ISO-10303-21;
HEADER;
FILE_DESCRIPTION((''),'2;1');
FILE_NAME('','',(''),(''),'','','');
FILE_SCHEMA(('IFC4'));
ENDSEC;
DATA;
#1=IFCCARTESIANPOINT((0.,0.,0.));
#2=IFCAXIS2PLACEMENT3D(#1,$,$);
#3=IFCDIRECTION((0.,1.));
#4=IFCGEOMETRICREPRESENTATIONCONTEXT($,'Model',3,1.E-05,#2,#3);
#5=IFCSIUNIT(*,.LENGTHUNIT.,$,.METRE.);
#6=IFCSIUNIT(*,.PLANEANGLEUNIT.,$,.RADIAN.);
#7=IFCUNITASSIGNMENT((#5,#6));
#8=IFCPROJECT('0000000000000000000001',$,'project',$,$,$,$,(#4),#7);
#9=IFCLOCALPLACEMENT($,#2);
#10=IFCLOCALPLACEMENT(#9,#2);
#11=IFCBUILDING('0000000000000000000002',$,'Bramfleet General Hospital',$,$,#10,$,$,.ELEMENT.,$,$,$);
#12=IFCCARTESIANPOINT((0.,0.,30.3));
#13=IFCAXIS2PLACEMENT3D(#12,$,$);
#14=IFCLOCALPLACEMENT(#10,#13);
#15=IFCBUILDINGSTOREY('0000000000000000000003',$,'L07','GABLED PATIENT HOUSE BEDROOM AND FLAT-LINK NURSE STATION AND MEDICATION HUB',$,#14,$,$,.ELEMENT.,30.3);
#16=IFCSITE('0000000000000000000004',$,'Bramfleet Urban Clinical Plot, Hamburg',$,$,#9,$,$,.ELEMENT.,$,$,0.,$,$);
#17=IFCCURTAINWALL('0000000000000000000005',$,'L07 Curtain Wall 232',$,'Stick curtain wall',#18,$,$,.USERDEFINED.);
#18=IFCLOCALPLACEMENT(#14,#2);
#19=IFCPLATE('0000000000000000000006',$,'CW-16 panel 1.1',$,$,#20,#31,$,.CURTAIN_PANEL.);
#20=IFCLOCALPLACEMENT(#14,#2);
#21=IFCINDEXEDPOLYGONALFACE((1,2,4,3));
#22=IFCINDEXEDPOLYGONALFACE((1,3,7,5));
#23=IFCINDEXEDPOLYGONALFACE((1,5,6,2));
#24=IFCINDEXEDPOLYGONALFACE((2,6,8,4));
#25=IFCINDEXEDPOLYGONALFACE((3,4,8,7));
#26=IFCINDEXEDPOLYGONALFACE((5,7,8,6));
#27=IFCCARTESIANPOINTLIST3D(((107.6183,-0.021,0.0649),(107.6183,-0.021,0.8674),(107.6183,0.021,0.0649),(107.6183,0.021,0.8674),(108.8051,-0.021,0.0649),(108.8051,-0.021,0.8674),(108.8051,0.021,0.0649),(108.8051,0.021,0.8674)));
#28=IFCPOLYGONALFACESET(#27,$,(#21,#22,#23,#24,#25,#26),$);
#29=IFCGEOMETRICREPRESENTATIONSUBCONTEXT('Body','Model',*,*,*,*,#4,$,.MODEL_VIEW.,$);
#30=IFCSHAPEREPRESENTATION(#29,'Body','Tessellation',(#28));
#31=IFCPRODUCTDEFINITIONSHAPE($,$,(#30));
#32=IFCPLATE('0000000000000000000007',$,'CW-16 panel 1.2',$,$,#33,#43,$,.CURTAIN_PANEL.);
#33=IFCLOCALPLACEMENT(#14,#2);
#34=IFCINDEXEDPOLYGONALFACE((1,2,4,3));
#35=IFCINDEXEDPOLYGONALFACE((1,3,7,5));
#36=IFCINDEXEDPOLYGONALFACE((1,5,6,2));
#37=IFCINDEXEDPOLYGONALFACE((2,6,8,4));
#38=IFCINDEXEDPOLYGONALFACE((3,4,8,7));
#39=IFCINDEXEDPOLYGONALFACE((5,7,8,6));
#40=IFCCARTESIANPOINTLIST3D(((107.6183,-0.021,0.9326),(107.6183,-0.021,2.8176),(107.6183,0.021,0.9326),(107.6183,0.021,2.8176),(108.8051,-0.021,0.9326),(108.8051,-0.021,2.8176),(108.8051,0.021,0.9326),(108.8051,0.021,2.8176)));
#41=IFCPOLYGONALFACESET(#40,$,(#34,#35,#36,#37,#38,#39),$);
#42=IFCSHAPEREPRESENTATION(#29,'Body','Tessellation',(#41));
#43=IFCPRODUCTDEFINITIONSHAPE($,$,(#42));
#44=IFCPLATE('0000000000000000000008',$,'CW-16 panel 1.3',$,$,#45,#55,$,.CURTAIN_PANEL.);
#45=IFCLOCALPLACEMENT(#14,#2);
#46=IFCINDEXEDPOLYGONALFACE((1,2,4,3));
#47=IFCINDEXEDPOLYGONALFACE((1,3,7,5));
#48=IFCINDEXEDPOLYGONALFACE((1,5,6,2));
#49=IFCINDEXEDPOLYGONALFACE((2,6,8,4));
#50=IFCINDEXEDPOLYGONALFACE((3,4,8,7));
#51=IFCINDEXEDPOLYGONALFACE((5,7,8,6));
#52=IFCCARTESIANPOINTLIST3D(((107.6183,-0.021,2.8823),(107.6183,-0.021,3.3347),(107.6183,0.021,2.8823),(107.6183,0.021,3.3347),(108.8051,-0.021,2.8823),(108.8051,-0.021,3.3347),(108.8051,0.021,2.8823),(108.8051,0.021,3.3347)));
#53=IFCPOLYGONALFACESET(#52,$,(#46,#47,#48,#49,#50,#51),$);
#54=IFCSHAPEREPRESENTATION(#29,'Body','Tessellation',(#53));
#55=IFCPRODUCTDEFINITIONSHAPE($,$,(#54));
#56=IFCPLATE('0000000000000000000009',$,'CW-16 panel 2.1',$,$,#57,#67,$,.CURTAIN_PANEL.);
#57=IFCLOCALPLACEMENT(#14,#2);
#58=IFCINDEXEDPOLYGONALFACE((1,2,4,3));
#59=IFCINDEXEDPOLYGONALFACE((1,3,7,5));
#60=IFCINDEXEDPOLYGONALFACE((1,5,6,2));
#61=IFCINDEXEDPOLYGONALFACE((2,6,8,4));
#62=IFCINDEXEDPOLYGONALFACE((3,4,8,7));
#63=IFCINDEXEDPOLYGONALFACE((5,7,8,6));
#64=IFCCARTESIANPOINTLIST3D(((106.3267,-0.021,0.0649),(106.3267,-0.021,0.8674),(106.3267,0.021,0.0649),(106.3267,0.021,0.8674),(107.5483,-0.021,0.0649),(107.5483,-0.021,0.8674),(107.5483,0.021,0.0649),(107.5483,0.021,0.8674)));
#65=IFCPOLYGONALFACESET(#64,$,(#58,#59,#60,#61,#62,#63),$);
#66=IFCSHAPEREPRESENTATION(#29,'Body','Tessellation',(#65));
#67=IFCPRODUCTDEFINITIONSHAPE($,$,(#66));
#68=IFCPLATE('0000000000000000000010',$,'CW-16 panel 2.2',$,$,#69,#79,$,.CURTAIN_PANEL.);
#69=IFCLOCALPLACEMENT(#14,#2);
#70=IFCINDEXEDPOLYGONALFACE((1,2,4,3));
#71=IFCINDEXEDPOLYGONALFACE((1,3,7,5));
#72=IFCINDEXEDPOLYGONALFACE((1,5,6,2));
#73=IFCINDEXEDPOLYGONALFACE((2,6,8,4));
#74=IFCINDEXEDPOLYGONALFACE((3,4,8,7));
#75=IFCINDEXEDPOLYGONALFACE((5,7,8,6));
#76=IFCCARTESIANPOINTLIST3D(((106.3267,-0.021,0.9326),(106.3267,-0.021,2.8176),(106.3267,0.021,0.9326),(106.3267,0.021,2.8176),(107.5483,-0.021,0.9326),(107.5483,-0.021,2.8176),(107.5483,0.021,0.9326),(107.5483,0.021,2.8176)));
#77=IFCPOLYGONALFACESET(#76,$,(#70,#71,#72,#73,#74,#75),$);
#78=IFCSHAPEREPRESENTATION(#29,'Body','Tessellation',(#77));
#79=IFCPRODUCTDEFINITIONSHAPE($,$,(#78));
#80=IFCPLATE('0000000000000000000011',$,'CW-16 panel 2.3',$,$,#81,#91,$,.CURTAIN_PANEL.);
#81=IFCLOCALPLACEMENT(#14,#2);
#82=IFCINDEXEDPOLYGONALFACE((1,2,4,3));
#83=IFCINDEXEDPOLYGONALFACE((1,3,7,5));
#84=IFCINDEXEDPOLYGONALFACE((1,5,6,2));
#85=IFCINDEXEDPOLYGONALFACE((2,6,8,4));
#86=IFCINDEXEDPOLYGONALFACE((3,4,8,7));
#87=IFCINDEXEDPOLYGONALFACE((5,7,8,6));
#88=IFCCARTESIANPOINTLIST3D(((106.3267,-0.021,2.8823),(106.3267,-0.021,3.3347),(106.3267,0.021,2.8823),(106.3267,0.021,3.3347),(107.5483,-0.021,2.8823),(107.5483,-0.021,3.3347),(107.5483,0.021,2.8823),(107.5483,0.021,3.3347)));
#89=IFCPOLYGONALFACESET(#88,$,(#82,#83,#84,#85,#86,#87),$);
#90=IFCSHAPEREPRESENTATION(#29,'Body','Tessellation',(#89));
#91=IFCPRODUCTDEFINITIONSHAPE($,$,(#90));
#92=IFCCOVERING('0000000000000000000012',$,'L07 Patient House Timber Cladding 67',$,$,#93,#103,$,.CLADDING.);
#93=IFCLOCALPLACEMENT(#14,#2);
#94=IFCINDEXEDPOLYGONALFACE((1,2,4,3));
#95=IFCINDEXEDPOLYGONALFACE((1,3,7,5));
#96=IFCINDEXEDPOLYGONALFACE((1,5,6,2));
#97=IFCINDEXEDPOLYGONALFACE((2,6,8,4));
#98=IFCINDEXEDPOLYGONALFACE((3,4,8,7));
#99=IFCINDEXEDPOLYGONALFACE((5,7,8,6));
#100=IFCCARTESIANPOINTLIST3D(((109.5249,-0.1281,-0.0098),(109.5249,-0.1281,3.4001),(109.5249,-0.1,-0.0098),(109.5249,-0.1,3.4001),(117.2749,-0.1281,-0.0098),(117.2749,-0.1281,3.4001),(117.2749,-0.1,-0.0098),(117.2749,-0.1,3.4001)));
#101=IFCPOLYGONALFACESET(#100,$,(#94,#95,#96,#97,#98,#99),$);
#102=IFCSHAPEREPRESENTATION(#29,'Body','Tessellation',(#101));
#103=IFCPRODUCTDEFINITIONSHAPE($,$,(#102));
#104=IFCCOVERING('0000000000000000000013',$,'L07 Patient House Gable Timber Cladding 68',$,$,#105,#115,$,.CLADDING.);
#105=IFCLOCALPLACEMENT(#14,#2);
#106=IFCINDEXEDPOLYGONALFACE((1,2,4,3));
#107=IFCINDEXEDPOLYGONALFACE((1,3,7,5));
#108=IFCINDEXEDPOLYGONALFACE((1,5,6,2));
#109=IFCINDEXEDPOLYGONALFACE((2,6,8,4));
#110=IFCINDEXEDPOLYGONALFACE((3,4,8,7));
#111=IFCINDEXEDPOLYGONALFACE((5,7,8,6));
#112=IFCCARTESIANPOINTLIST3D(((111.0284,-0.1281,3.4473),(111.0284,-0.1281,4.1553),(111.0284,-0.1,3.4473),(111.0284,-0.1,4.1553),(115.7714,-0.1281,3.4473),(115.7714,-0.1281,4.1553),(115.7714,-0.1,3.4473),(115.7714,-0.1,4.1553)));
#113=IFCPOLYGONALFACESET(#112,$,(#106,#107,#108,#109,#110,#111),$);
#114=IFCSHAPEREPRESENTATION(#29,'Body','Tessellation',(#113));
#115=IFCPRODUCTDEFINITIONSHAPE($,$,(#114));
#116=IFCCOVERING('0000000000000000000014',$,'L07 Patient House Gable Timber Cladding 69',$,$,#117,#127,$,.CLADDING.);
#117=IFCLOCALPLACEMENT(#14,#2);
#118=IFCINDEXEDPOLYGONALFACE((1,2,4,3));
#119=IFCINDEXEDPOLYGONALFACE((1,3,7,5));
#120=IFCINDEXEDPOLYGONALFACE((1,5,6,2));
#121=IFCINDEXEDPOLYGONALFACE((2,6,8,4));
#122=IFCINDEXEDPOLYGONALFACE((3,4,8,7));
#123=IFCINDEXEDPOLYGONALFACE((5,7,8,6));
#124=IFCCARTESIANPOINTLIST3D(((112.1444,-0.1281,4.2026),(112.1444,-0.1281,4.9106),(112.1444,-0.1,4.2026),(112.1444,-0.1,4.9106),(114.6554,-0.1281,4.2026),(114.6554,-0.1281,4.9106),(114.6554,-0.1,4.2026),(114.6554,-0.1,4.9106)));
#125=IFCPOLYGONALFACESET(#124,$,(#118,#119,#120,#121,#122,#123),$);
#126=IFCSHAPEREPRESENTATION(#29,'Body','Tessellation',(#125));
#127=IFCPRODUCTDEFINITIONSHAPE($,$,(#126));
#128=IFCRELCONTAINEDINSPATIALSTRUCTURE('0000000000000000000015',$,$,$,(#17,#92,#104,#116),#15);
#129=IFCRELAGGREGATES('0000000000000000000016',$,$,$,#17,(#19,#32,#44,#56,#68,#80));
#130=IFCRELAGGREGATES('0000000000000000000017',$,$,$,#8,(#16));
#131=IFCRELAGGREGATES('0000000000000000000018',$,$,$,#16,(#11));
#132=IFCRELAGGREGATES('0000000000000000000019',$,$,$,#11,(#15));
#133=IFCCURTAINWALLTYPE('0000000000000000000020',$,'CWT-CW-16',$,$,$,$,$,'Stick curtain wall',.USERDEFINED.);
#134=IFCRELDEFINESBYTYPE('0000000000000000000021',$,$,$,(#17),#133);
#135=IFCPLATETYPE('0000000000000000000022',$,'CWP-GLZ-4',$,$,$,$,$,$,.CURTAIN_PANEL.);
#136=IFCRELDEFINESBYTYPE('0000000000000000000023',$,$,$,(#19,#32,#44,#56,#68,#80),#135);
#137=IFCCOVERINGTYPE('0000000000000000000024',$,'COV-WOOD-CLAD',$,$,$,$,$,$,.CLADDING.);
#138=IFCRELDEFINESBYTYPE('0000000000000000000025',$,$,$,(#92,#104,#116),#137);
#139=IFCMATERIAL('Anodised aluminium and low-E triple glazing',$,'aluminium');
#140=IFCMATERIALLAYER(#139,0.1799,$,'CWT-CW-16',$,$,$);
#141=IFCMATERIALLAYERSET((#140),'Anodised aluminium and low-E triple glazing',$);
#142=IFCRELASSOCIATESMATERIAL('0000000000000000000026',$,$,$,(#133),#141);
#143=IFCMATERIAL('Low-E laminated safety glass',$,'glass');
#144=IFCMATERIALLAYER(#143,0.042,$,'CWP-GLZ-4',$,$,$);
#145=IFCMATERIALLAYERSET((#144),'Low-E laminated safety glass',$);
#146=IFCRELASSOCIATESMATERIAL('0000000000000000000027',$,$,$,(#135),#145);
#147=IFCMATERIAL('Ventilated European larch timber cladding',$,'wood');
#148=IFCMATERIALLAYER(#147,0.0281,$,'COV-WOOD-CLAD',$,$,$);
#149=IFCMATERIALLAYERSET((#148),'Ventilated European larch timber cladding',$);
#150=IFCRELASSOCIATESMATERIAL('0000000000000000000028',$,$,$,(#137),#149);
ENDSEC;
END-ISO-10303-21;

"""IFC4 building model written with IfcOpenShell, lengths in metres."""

from ifc_helpers import new_model, si_unit, direction, frame, origin, origin_2d, place, context, subcontext, project, spatial, rectangle, extrude, material, layer, layer_set, type_object, element, aggregate, save


model = new_model("IFC4")

# Units and contexts
model_context = context("Model", 3, precision=1e-05, world=origin(), true_north=direction((0.0, 1.0)))
body_context = subcontext(model_context, "Body", "Model", "MODEL_VIEW")
ifc_project = project(units=[si_unit("LENGTHUNIT", "METRE"), si_unit("PLANEANGLEUNIT", "RADIAN")], contexts=[model_context])

# Site, building, storey
site_placement = place(None, origin())
site = spatial("IfcSite", under=ifc_project, at=site_placement, Name="Bramfleet Urban Clinical Plot, Hamburg", CompositionType="ELEMENT", RefElevation=0.0)
building_placement = place(site_placement, origin())
building = spatial("IfcBuilding", under=site, at=building_placement, Name="Bramfleet General Hospital", CompositionType="ELEMENT")
storey_placement = place(building_placement, frame((0.0, 0.0, 30.3)))
storey = spatial("IfcBuildingStorey", under=building, at=storey_placement, Name="L07", Description="GABLED PATIENT HOUSE BEDROOM AND FLAT-LINK NURSE STATION AND MEDICATION HUB", CompositionType="ELEMENT", Elevation=30.3)

# Curtain wall, plates
ifc_material_1 = material(Name="Anodised aluminium and low-E triple glazing", Category="aluminium")
ifc_layer_1 = layer(ifc_material_1, 0.1799, Name="CWT-CW-16")
ifc_layer_set_1 = layer_set([ifc_layer_1], Name="Anodised aluminium and low-E triple glazing")
curtain_wall_type = type_object("IfcCurtainWallType", Name="CWT-CW-16", ElementType="Stick curtain wall", PredefinedType="USERDEFINED", material=ifc_layer_set_1)
curtain_wall_placement = place(storey_placement, origin())
curtain_wall = element("IfcCurtainWall", 1, at=curtain_wall_placement, inside=storey, type_object=curtain_wall_type, Name="L07 Curtain Wall 232", ObjectType="Stick curtain wall", PredefinedType="USERDEFINED")
ifc_material_2 = material(Name="Low-E laminated safety glass", Category="glass")
ifc_layer_2 = layer(ifc_material_2, 0.042, Name="CWP-GLZ-4")
ifc_layer_set_2 = layer_set([ifc_layer_2], Name="Low-E laminated safety glass")
plate_type = type_object("IfcPlateType", Name="CWP-GLZ-4", PredefinedType="CURTAIN_PANEL", material=ifc_layer_set_2)
plate_1_placement = place(storey_placement, frame((108.2117, 0.0, 0.0649), z_axis=(0.0, 0.0, 1.0), x_axis=(-1.0, 0.0, 0.0)))
plate_1 = element("IfcPlate", 2, at=plate_1_placement, type_object=plate_type, Name="CW-16 panel 1.1", PredefinedType="CURTAIN_PANEL", context=body_context, shape_type="SweptSolid", body=[
    extrude(rectangle(XDim=1.1868, YDim=0.042, at=origin_2d()), origin(), (0.0, 0.0, 1.0), 0.8025),
])
plate_2_placement = place(storey_placement, frame((108.2117, 0.0, 0.9326), z_axis=(0.0, 0.0, 1.0), x_axis=(-1.0, 0.0, 0.0)))
plate_2 = element("IfcPlate", 3, at=plate_2_placement, type_object=plate_type, Name="CW-16 panel 1.2", PredefinedType="CURTAIN_PANEL", context=body_context, shape_type="SweptSolid", body=[
    extrude(rectangle(XDim=1.1868, YDim=0.042, at=origin_2d()), origin(), (0.0, 0.0, 1.0), 1.885),
])
plate_3_placement = place(storey_placement, frame((108.2117, 0.0, 2.8823), z_axis=(0.0, 0.0, 1.0), x_axis=(-1.0, 0.0, 0.0)))
plate_3 = element("IfcPlate", 4, at=plate_3_placement, type_object=plate_type, Name="CW-16 panel 1.3", PredefinedType="CURTAIN_PANEL", context=body_context, shape_type="SweptSolid", body=[
    extrude(rectangle(XDim=1.1868, YDim=0.042, at=origin_2d()), origin(), (0.0, 0.0, 1.0), 0.4524),
])
plate_4_placement = place(storey_placement, frame((106.9375, 0.0, 0.0649), z_axis=(0.0, 0.0, 1.0), x_axis=(-1.0, 0.0, 0.0)))
plate_4 = element("IfcPlate", 5, at=plate_4_placement, type_object=plate_type, Name="CW-16 panel 2.1", PredefinedType="CURTAIN_PANEL", context=body_context, shape_type="SweptSolid", body=[
    extrude(rectangle(XDim=1.2217, YDim=0.042, at=origin_2d()), origin(), (0.0, 0.0, 1.0), 0.8025),
])
plate_5_placement = place(storey_placement, frame((106.9375, 0.0, 0.9326), z_axis=(0.0, 0.0, 1.0), x_axis=(-1.0, 0.0, 0.0)))
plate_5 = element("IfcPlate", 6, at=plate_5_placement, type_object=plate_type, Name="CW-16 panel 2.2", PredefinedType="CURTAIN_PANEL", context=body_context, shape_type="SweptSolid", body=[
    extrude(rectangle(XDim=1.2217, YDim=0.042, at=origin_2d()), origin(), (0.0, 0.0, 1.0), 1.885),
])
plate_6_placement = place(storey_placement, frame((106.9375, 0.0, 2.8823), z_axis=(0.0, 0.0, 1.0), x_axis=(-1.0, 0.0, 0.0)))
plate_6 = element("IfcPlate", 7, at=plate_6_placement, type_object=plate_type, Name="CW-16 panel 2.3", PredefinedType="CURTAIN_PANEL", context=body_context, shape_type="SweptSolid", body=[
    extrude(rectangle(XDim=1.2217, YDim=0.042, at=origin_2d()), origin(), (0.0, 0.0, 1.0), 0.4524),
])
aggregate(curtain_wall, [plate_1, plate_2, plate_3, plate_4, plate_5, plate_6])

# Coverings
ifc_material_3 = material(Name="Ventilated European larch timber cladding", Category="wood")
ifc_layer_3 = layer(ifc_material_3, 0.0281, Name="COV-WOOD-CLAD")
ifc_layer_set_3 = layer_set([ifc_layer_3], Name="Ventilated European larch timber cladding")
covering_type = type_object("IfcCoveringType", Name="COV-WOOD-CLAD", PredefinedType="CLADDING", material=ifc_layer_set_3)
covering_1_placement = place(storey_placement, frame((113.3999, -0.114, -0.0098), z_axis=(0.0, 0.0, 1.0), x_axis=(-1.0, 0.0, 0.0)))
element("IfcCovering", 8, at=covering_1_placement, inside=storey, type_object=covering_type, Name="L07 Patient House Timber Cladding 67", PredefinedType="CLADDING", context=body_context, shape_type="SweptSolid", body=[
    extrude(rectangle(XDim=7.75, YDim=0.0281, at=origin_2d()), origin(), (0.0, 0.0, 1.0), 3.4099),
])
covering_2_placement = place(storey_placement, frame((113.3999, -0.114, 3.4473), z_axis=(0.0, 0.0, 1.0), x_axis=(-1.0, 0.0, 0.0)))
element("IfcCovering", 9, at=covering_2_placement, inside=storey, type_object=covering_type, Name="L07 Patient House Gable Timber Cladding 68", PredefinedType="CLADDING", context=body_context, shape_type="SweptSolid", body=[
    extrude(rectangle(XDim=4.7429, YDim=0.0281, at=origin_2d()), origin(), (0.0, 0.0, 1.0), 0.708),
])
covering_3_placement = place(storey_placement, frame((113.3999, -0.114, 4.2026), z_axis=(0.0, 0.0, 1.0), x_axis=(-1.0, 0.0, 0.0)))
element("IfcCovering", 10, at=covering_3_placement, inside=storey, type_object=covering_type, Name="L07 Patient House Gable Timber Cladding 69", PredefinedType="CLADDING", context=body_context, shape_type="SweptSolid", body=[
    extrude(rectangle(XDim=2.511, YDim=0.0281, at=origin_2d()), origin(), (0.0, 0.0, 1.0), 0.708),
])

save(model, "model.ifc")
